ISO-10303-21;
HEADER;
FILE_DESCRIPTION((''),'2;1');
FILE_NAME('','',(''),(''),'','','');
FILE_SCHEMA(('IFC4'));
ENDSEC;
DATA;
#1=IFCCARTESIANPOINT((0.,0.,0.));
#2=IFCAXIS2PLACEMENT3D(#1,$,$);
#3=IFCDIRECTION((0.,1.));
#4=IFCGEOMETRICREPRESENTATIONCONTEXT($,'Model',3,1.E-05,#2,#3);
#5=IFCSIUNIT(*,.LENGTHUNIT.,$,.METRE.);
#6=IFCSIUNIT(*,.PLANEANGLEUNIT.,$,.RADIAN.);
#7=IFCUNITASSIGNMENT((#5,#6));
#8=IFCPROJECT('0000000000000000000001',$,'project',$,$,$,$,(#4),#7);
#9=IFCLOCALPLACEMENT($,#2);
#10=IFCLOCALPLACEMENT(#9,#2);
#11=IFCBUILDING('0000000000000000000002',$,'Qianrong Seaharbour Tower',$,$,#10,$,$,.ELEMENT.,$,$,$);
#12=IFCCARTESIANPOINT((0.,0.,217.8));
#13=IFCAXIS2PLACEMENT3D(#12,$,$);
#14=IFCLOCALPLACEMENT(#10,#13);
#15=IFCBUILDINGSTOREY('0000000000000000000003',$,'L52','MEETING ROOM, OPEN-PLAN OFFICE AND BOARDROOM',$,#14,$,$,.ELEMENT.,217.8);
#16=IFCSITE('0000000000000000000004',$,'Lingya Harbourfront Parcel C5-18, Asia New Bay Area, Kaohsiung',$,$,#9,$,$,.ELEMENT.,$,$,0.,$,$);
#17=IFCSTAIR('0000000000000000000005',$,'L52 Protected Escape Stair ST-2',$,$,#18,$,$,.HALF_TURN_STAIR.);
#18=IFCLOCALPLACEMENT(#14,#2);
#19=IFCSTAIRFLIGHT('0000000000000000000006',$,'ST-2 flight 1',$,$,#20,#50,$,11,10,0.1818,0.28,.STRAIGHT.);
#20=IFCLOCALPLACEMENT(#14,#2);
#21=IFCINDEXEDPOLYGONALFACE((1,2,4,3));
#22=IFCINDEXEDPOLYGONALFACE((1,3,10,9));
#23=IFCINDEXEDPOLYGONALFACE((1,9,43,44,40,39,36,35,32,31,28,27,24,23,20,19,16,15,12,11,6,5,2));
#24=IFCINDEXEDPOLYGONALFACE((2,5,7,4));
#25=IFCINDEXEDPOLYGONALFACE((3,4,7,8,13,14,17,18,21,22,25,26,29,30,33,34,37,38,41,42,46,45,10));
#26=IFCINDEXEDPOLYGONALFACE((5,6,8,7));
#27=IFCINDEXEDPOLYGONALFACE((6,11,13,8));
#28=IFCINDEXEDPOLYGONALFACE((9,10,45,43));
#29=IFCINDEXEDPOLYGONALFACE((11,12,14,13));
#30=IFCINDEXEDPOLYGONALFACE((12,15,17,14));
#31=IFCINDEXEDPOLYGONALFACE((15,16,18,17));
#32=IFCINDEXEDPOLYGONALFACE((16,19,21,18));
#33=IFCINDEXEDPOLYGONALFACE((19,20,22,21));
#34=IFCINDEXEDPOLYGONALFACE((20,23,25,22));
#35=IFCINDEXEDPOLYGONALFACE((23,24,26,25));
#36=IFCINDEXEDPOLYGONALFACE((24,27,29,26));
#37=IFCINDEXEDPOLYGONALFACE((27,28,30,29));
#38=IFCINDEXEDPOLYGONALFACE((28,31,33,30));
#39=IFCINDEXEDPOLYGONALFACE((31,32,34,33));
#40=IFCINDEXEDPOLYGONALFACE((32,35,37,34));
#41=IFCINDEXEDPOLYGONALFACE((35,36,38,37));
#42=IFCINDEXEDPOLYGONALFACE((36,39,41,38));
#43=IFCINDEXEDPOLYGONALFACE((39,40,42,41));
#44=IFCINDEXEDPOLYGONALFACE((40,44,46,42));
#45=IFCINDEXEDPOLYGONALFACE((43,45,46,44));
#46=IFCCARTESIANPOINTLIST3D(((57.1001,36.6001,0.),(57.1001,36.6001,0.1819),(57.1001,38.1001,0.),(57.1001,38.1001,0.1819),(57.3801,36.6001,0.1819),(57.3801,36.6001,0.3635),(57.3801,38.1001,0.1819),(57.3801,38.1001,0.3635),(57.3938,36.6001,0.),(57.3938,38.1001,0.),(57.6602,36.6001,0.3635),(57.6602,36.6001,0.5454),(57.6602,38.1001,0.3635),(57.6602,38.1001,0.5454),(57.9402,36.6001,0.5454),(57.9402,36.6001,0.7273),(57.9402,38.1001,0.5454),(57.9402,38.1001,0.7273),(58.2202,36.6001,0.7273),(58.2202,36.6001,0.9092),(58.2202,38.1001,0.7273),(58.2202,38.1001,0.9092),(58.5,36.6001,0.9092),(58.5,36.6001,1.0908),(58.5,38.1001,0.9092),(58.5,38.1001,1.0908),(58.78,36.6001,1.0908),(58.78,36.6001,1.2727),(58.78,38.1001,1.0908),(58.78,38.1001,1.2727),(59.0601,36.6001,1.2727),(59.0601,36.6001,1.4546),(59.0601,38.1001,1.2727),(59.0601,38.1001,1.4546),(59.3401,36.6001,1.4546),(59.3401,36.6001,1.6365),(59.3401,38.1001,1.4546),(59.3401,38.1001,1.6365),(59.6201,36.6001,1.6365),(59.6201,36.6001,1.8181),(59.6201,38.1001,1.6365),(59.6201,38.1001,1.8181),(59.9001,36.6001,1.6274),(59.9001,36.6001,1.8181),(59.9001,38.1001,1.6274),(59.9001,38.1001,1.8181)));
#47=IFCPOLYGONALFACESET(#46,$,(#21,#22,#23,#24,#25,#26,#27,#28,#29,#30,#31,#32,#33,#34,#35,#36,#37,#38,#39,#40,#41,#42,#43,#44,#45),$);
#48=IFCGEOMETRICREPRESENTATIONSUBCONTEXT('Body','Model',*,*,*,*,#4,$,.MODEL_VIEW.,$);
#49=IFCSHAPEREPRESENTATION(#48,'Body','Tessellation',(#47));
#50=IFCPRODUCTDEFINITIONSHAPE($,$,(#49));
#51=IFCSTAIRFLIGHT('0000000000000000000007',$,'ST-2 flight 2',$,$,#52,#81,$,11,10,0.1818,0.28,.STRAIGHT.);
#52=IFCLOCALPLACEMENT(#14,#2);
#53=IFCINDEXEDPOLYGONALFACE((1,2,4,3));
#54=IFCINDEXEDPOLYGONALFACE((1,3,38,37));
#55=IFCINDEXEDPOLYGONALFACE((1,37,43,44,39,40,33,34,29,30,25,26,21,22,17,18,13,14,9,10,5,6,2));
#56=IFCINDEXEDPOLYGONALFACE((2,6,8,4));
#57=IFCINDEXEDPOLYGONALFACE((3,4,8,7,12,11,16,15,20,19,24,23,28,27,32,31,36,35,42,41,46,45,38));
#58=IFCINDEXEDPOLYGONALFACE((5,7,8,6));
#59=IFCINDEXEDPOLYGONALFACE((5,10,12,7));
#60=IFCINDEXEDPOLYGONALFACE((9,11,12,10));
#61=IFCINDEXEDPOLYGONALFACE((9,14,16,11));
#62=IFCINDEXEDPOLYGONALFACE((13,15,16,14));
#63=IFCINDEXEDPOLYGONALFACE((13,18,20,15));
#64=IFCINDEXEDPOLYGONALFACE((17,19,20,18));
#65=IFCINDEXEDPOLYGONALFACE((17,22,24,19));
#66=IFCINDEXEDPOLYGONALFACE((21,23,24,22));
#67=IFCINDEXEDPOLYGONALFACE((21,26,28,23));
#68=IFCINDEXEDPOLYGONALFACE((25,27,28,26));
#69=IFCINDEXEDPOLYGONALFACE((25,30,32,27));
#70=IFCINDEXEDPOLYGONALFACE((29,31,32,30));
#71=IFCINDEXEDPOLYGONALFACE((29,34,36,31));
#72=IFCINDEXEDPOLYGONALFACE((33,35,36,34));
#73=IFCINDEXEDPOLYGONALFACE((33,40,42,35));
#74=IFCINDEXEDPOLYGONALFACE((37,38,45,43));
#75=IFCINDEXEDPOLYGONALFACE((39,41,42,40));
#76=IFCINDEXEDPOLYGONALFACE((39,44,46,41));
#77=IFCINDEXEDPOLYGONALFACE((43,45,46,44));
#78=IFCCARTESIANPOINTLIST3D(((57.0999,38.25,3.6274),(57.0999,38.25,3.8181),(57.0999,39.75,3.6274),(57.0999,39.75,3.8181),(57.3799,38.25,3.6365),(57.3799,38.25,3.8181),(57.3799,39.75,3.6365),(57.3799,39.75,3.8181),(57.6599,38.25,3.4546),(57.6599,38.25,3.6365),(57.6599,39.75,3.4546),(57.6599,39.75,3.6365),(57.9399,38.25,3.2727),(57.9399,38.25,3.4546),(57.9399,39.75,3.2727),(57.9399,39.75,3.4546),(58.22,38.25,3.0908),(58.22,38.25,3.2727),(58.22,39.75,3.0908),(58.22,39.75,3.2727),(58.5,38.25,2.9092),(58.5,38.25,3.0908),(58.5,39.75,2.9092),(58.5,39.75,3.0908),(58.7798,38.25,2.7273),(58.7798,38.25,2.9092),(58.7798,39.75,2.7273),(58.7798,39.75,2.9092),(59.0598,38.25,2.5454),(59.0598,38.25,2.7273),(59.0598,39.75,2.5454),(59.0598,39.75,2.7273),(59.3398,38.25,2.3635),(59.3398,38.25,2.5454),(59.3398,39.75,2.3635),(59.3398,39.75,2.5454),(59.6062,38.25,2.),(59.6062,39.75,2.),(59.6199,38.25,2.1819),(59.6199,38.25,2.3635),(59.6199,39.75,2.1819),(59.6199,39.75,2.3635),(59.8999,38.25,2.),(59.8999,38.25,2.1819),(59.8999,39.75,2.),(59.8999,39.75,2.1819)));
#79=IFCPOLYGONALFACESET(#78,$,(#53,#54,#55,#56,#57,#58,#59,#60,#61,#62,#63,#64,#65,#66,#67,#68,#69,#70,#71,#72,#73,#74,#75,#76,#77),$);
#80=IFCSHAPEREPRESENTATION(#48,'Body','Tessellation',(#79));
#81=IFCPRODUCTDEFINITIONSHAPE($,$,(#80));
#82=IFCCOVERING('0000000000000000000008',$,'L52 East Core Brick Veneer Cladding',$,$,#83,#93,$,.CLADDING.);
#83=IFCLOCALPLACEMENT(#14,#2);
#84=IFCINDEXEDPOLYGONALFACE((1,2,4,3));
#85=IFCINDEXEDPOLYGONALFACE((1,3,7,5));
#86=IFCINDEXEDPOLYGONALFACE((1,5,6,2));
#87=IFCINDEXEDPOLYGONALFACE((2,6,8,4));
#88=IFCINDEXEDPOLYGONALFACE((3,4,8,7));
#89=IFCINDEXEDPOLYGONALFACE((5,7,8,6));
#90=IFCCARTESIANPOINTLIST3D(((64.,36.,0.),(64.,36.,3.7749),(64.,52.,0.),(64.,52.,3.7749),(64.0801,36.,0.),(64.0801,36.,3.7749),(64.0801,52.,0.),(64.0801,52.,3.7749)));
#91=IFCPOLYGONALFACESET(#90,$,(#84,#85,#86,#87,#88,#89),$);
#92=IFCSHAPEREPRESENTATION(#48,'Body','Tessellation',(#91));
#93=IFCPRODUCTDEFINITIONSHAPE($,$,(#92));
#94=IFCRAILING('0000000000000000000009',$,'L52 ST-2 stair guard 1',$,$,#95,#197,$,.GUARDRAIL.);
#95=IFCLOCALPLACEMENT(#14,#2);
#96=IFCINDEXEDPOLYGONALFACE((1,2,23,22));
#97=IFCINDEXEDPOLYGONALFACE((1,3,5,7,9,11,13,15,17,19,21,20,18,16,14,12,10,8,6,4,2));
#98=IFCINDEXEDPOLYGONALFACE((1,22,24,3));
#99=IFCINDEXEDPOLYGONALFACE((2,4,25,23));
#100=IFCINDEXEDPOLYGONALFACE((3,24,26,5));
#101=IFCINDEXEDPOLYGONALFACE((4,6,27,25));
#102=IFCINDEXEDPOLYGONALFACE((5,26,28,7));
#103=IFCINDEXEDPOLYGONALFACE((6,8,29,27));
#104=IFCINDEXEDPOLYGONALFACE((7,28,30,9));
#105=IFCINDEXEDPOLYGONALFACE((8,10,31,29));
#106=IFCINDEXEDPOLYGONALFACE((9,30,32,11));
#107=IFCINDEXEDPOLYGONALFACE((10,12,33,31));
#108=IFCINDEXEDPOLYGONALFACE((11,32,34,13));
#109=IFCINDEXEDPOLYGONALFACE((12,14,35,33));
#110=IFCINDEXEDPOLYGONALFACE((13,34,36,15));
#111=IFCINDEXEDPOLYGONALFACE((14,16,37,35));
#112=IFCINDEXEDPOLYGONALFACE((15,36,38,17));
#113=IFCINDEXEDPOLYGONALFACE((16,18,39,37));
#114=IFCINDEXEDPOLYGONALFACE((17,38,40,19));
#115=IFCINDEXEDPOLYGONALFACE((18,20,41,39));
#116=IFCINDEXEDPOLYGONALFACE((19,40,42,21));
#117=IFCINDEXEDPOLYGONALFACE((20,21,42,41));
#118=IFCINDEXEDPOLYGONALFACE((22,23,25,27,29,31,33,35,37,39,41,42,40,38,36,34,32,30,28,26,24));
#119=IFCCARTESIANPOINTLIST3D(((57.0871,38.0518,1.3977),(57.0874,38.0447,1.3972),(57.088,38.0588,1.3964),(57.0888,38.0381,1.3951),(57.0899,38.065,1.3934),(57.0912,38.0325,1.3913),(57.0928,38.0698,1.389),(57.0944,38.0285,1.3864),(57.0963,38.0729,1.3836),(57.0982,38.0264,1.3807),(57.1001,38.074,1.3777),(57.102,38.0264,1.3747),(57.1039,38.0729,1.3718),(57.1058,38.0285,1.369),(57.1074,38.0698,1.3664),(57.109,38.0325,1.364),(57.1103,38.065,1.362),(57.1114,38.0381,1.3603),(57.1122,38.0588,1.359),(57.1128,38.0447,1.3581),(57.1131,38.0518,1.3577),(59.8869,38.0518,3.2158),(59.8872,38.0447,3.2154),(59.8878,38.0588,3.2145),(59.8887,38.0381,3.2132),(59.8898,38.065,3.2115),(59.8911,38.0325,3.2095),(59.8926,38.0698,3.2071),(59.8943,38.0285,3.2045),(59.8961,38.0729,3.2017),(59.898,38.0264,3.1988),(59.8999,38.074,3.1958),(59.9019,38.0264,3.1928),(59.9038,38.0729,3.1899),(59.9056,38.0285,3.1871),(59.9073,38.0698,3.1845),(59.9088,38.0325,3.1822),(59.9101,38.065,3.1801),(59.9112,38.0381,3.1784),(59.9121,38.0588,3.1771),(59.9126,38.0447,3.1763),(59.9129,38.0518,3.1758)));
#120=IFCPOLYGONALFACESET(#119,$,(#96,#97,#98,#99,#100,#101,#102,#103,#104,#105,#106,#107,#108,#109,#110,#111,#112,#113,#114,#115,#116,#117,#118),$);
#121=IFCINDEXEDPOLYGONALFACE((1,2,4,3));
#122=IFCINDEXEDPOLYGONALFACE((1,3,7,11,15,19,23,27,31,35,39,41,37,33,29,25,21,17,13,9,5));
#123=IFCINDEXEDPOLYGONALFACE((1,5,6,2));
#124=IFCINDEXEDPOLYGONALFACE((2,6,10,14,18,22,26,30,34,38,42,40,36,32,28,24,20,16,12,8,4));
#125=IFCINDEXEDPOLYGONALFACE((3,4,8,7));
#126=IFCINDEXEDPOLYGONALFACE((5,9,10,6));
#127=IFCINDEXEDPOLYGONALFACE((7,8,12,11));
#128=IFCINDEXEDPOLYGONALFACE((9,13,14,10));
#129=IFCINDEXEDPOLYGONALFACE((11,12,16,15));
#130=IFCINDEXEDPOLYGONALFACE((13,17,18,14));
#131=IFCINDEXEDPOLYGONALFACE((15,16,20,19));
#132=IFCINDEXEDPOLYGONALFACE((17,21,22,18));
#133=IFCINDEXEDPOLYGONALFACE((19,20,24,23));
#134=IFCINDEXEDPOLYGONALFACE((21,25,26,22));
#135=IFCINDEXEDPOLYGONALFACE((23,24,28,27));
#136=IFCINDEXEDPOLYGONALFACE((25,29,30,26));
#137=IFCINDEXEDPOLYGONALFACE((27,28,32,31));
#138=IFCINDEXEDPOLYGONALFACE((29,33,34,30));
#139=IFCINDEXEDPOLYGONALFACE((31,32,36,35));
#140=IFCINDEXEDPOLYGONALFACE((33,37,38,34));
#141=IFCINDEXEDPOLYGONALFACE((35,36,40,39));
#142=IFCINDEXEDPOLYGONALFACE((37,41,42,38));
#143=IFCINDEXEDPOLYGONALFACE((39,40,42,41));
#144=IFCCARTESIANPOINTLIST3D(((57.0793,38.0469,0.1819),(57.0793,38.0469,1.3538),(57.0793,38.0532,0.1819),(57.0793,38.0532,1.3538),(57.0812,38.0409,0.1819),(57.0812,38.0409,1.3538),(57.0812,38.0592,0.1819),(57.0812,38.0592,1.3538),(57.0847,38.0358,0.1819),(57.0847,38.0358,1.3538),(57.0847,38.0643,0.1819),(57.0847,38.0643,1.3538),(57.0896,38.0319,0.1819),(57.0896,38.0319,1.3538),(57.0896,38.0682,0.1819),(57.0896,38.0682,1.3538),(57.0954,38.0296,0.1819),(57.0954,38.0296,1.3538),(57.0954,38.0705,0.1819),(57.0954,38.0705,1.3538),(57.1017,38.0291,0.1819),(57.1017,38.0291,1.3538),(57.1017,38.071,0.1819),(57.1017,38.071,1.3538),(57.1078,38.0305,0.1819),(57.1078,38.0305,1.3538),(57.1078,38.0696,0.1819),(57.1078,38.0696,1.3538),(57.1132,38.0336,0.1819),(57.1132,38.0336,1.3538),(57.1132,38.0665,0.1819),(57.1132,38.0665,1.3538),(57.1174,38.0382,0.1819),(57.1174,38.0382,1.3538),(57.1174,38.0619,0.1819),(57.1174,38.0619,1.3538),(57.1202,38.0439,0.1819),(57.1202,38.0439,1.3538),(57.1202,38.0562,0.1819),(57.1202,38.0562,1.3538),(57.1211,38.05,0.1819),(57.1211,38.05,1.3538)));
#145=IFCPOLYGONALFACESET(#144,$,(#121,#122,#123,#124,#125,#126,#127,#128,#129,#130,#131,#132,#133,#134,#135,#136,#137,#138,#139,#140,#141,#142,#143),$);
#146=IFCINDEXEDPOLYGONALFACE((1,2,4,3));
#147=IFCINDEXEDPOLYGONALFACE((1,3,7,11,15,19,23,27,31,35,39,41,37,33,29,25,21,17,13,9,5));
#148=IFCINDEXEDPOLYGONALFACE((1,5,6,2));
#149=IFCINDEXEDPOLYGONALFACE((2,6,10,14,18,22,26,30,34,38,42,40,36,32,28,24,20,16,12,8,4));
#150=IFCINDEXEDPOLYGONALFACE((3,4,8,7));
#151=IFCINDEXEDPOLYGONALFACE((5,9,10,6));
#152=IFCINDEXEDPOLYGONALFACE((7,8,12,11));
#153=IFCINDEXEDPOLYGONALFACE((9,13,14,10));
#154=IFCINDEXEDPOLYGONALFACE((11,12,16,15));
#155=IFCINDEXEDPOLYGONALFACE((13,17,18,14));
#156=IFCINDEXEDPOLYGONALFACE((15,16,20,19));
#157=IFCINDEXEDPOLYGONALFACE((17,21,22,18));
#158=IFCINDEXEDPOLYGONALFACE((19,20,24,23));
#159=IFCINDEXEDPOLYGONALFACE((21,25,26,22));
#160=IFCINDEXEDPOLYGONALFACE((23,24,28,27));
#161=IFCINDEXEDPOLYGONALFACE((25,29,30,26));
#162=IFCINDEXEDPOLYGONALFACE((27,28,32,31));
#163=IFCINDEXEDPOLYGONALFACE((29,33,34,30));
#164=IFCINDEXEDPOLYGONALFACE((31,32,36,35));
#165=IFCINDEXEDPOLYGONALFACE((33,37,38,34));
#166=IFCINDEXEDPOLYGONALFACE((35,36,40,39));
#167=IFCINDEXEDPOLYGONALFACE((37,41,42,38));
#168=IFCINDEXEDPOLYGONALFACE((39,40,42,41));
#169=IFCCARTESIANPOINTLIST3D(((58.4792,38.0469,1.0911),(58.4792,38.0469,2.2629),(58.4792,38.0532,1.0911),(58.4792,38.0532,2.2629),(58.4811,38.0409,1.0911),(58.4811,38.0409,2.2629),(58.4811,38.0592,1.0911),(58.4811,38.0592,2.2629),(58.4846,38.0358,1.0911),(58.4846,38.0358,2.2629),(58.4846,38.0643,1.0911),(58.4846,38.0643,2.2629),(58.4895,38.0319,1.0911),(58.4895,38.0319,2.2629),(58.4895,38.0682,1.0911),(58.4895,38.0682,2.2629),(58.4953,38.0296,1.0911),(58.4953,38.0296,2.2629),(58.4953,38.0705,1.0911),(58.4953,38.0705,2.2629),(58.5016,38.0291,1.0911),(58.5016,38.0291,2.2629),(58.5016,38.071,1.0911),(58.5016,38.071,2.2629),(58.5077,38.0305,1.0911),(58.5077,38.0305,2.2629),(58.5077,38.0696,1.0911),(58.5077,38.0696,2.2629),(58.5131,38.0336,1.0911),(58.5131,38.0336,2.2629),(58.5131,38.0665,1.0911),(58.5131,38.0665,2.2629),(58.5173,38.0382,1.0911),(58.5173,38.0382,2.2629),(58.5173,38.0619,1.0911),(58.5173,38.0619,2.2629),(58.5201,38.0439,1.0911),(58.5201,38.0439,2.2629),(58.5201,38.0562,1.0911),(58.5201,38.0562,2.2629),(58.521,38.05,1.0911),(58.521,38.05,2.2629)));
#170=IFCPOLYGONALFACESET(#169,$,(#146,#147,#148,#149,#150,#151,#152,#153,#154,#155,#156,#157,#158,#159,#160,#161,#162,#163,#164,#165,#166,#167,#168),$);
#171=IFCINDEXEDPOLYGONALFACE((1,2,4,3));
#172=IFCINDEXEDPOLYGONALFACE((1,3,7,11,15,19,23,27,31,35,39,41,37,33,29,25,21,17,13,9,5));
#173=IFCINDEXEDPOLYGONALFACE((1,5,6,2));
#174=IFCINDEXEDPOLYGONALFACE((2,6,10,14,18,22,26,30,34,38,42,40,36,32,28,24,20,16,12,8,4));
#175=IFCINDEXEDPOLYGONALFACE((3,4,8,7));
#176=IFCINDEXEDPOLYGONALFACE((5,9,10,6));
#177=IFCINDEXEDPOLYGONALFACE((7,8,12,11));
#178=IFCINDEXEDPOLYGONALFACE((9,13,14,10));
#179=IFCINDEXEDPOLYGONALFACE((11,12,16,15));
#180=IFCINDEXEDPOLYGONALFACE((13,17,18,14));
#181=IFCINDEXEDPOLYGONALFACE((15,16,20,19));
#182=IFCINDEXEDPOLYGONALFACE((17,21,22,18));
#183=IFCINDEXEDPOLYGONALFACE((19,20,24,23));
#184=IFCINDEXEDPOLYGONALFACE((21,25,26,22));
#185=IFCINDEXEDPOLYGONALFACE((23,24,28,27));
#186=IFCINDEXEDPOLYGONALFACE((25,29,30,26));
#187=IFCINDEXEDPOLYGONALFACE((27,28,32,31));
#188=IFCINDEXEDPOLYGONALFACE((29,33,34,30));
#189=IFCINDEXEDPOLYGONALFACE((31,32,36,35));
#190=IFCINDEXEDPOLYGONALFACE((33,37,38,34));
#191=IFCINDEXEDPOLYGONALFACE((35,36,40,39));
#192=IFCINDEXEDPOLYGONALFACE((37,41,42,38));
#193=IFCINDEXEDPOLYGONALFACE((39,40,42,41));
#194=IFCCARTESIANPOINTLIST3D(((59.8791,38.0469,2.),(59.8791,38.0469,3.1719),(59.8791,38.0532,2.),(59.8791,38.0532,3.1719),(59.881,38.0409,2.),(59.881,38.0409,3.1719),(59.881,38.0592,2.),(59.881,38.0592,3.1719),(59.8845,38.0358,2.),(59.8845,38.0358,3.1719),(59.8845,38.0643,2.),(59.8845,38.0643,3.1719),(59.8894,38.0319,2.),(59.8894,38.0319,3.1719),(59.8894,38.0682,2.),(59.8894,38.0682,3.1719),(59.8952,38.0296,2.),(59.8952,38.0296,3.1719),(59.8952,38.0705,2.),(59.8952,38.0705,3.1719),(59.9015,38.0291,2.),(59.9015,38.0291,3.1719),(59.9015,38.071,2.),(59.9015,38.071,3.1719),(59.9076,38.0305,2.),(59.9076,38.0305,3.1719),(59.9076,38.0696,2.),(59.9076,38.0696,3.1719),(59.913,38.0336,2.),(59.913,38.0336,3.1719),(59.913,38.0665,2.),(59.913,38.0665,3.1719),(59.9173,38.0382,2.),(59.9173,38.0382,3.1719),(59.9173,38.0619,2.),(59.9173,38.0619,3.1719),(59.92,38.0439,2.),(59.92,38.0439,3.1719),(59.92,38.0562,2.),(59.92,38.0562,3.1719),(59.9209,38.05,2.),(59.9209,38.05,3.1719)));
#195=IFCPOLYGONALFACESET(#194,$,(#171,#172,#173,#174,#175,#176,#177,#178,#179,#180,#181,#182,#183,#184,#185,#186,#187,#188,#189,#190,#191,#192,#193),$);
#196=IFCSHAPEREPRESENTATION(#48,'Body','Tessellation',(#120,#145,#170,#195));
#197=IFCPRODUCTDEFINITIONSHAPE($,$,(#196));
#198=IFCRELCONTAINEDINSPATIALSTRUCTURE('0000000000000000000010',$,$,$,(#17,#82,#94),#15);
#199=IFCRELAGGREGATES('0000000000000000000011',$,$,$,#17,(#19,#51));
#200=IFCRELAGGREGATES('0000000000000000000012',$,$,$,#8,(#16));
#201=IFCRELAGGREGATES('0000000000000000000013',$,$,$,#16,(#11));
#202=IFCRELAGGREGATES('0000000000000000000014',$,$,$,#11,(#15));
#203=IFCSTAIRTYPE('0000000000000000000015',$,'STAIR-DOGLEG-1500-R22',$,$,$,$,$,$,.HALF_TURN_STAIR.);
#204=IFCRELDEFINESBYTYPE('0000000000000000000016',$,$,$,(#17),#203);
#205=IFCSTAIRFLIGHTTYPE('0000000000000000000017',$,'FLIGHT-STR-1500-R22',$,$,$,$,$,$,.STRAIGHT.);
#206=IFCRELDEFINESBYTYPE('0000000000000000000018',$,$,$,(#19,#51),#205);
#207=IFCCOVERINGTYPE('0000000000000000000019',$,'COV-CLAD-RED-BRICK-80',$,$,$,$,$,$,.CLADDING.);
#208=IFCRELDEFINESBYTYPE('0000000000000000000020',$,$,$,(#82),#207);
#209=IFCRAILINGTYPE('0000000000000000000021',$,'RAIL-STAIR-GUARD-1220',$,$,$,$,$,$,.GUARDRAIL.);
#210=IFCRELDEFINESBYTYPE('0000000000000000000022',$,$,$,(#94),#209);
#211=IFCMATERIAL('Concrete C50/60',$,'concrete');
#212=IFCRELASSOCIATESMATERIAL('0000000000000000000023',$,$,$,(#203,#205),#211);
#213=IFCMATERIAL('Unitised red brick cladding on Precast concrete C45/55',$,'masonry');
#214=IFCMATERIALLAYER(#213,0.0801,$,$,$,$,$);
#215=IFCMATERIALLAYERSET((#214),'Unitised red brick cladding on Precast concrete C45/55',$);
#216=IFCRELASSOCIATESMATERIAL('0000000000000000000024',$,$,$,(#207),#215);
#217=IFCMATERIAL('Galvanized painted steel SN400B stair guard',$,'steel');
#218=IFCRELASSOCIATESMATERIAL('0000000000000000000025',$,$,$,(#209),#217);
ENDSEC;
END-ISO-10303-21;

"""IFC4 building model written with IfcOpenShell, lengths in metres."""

from ifc_helpers import new_model, si_unit, direction, frame, origin, origin_2d, place, context, subcontext, project, spatial, polyline, rectangle, circle, outline, extrude, material, layer, layer_set, type_object, element, aggregate, save


model = new_model("IFC4")

# Units and contexts
model_context = context("Model", 3, precision=1e-05, world=origin(), true_north=direction((0.0, 1.0)))
body_context = subcontext(model_context, "Body", "Model", "MODEL_VIEW")
ifc_project = project(units=[si_unit("LENGTHUNIT", "METRE"), si_unit("PLANEANGLEUNIT", "RADIAN")], contexts=[model_context])

# Site, building, storey
site_placement = place(None, origin())
site = spatial("IfcSite", under=ifc_project, at=site_placement, Name="Lingya Harbourfront Parcel C5-18, Asia New Bay Area, Kaohsiung", CompositionType="ELEMENT", RefElevation=0.0)
building_placement = place(site_placement, origin())
building = spatial("IfcBuilding", under=site, at=building_placement, Name="Qianrong Seaharbour Tower", CompositionType="ELEMENT")
storey_placement = place(building_placement, frame((0.0, 0.0, 217.8)))
storey = spatial("IfcBuildingStorey", under=building, at=storey_placement, Name="L52", Description="MEETING ROOM, OPEN-PLAN OFFICE AND BOARDROOM", CompositionType="ELEMENT", Elevation=217.8)

# Shared definitions
ifc_material_1 = material(Name="Concrete C50/60", Category="concrete")

# Stair, stair flights
stair_type = type_object("IfcStairType", Name="STAIR-DOGLEG-1500-R22", PredefinedType="HALF_TURN_STAIR", material=ifc_material_1)
stair_placement = place(storey_placement, origin())
stair = element("IfcStair", 1, at=stair_placement, inside=storey, type_object=stair_type, Name="L52 Protected Escape Stair ST-2", PredefinedType="HALF_TURN_STAIR")
stair_flight_type = type_object("IfcStairFlightType", Name="FLIGHT-STR-1500-R22", PredefinedType="STRAIGHT", material=ifc_material_1)
stair_flight_1_placement = place(storey_placement, frame((57.1001, 37.3501, 0.0), z_axis=(0.0, 0.0, 1.0), x_axis=(1.0, 0.0, 0.0)))
stair_flight_1 = element("IfcStairFlight", 2, at=stair_flight_1_placement, type_object=stair_flight_type, Name="ST-2 flight 1", NumberOfRisers=11, NumberOfTreads=10, PredefinedType="STRAIGHT", RiserHeight=0.1818, TreadLength=0.28, context=body_context, shape_type="SweptSolid", body=[
    extrude(outline(polyline([(0.0, 0.0), (0.0, 0.1819), (0.28, 0.1819), (0.28, 0.3635), (0.5601, 0.3635), (0.5601, 0.5454), (0.8401, 0.5454), (0.8401, 0.7273), (1.1201, 0.7273), (1.1201, 0.9092), (1.3999, 0.9092), (1.3999, 1.0908), (1.6799, 1.0908), (1.6799, 1.2727), (1.96, 1.2727), (1.96, 1.4546), (2.24, 1.4546), (2.24, 1.6365), (2.52, 1.6365), (2.52, 1.8181), (2.8, 1.8181), (2.8, 2.0), (2.8, 1.6274), (0.2937, 0.0), (0.0, 0.0)])), frame((0.0, 0.75, 0.0), z_axis=(0.0, -1.0, 0.0), x_axis=(1.0, 0.0, 0.0)), (0.0, 0.0, 1.0), 1.5),
])
stair_flight_2_placement = place(storey_placement, frame((59.8999, 39.0, 2.0), z_axis=(0.0, 0.0, 1.0), x_axis=(-1.0, 0.0, 0.0)))
stair_flight_2 = element("IfcStairFlight", 3, at=stair_flight_2_placement, type_object=stair_flight_type, Name="ST-2 flight 2", NumberOfRisers=11, NumberOfTreads=10, PredefinedType="STRAIGHT", RiserHeight=0.1818, TreadLength=0.28, context=body_context, shape_type="SweptSolid", body=[
    extrude(outline(polyline([(0.0, 0.0), (0.0, 0.1819), (0.28, 0.1819), (0.28, 0.3635), (0.5601, 0.3635), (0.5601, 0.5454), (0.8401, 0.5454), (0.8401, 0.7273), (1.1201, 0.7273), (1.1201, 0.9092), (1.3999, 0.9092), (1.3999, 1.0908), (1.6799, 1.0908), (1.6799, 1.2727), (1.96, 1.2727), (1.96, 1.4546), (2.24, 1.4546), (2.24, 1.6365), (2.52, 1.6365), (2.52, 1.8181), (2.8, 1.8181), (2.8, 2.0), (2.8, 1.6274), (0.2937, 0.0), (0.0, 0.0)])), frame((0.0, 0.75, 0.0), z_axis=(0.0, -1.0, 0.0), x_axis=(1.0, 0.0, 0.0)), (0.0, 0.0, 1.0), 1.5),
])
aggregate(stair, [stair_flight_1, stair_flight_2])

# Covering
ifc_material_2 = material(Name="Unitised red brick cladding on Precast concrete C45/55", Category="masonry")
ifc_layer_1 = layer(ifc_material_2, 0.0801)
ifc_layer_set_1 = layer_set([ifc_layer_1], Name="Unitised red brick cladding on Precast concrete C45/55")
covering_type = type_object("IfcCoveringType", Name="COV-CLAD-RED-BRICK-80", PredefinedType="CLADDING", material=ifc_layer_set_1)
covering_placement = place(storey_placement, frame((64.04, 44.0, 0.0), z_axis=(0.0, 0.0, 1.0), x_axis=(1.0, 0.0, 0.0)))
element("IfcCovering", 4, at=covering_placement, inside=storey, type_object=covering_type, Name="L52 East Core Brick Veneer Cladding", PredefinedType="CLADDING", context=body_context, shape_type="SweptSolid", body=[
    extrude(rectangle(XDim=0.0801, YDim=16.0, at=origin_2d()), origin(), (0.0, 0.0, 1.0), 3.7749),
])

# Railing
ifc_material_3 = material(Name="Galvanized painted steel SN400B stair guard", Category="steel")
railing_type_1 = type_object("IfcRailingType", Name="RAIL-STAIR-GUARD-1220", PredefinedType="GUARDRAIL", material=ifc_material_3)
railing_1_placement = place(storey_placement, frame((57.1001, 38.05, 0.1819)))
element("IfcRailing", 5, at=railing_1_placement, inside=storey, type_object=railing_type_1, Name="L52 ST-2 stair guard 1", PredefinedType="GUARDRAIL", context=body_context, shape_type="SweptSolid", body=[
    extrude(circle(Radius=0.0239, at=origin_2d()), frame((0.0, 0.0, 1.1958), z_axis=(0.838684, 0.0, 0.544618), x_axis=(0.0, 1.0, 0.0)), (0.0, 0.0, 1.0), 3.3384),
    extrude(circle(Radius=0.021, at=origin_2d()), origin(), (0.0, 0.0, 1.0), 1.1719),
    extrude(circle(Radius=0.021, at=origin_2d()), frame((1.3999, 0.0, 0.9092)), (0.0, 0.0, 1.0), 1.1719),
    extrude(circle(Radius=0.021, at=origin_2d()), frame((2.7998, 0.0, 1.8181)), (0.0, 0.0, 1.0), 1.1719),
])

save(model, "model.ifc")
